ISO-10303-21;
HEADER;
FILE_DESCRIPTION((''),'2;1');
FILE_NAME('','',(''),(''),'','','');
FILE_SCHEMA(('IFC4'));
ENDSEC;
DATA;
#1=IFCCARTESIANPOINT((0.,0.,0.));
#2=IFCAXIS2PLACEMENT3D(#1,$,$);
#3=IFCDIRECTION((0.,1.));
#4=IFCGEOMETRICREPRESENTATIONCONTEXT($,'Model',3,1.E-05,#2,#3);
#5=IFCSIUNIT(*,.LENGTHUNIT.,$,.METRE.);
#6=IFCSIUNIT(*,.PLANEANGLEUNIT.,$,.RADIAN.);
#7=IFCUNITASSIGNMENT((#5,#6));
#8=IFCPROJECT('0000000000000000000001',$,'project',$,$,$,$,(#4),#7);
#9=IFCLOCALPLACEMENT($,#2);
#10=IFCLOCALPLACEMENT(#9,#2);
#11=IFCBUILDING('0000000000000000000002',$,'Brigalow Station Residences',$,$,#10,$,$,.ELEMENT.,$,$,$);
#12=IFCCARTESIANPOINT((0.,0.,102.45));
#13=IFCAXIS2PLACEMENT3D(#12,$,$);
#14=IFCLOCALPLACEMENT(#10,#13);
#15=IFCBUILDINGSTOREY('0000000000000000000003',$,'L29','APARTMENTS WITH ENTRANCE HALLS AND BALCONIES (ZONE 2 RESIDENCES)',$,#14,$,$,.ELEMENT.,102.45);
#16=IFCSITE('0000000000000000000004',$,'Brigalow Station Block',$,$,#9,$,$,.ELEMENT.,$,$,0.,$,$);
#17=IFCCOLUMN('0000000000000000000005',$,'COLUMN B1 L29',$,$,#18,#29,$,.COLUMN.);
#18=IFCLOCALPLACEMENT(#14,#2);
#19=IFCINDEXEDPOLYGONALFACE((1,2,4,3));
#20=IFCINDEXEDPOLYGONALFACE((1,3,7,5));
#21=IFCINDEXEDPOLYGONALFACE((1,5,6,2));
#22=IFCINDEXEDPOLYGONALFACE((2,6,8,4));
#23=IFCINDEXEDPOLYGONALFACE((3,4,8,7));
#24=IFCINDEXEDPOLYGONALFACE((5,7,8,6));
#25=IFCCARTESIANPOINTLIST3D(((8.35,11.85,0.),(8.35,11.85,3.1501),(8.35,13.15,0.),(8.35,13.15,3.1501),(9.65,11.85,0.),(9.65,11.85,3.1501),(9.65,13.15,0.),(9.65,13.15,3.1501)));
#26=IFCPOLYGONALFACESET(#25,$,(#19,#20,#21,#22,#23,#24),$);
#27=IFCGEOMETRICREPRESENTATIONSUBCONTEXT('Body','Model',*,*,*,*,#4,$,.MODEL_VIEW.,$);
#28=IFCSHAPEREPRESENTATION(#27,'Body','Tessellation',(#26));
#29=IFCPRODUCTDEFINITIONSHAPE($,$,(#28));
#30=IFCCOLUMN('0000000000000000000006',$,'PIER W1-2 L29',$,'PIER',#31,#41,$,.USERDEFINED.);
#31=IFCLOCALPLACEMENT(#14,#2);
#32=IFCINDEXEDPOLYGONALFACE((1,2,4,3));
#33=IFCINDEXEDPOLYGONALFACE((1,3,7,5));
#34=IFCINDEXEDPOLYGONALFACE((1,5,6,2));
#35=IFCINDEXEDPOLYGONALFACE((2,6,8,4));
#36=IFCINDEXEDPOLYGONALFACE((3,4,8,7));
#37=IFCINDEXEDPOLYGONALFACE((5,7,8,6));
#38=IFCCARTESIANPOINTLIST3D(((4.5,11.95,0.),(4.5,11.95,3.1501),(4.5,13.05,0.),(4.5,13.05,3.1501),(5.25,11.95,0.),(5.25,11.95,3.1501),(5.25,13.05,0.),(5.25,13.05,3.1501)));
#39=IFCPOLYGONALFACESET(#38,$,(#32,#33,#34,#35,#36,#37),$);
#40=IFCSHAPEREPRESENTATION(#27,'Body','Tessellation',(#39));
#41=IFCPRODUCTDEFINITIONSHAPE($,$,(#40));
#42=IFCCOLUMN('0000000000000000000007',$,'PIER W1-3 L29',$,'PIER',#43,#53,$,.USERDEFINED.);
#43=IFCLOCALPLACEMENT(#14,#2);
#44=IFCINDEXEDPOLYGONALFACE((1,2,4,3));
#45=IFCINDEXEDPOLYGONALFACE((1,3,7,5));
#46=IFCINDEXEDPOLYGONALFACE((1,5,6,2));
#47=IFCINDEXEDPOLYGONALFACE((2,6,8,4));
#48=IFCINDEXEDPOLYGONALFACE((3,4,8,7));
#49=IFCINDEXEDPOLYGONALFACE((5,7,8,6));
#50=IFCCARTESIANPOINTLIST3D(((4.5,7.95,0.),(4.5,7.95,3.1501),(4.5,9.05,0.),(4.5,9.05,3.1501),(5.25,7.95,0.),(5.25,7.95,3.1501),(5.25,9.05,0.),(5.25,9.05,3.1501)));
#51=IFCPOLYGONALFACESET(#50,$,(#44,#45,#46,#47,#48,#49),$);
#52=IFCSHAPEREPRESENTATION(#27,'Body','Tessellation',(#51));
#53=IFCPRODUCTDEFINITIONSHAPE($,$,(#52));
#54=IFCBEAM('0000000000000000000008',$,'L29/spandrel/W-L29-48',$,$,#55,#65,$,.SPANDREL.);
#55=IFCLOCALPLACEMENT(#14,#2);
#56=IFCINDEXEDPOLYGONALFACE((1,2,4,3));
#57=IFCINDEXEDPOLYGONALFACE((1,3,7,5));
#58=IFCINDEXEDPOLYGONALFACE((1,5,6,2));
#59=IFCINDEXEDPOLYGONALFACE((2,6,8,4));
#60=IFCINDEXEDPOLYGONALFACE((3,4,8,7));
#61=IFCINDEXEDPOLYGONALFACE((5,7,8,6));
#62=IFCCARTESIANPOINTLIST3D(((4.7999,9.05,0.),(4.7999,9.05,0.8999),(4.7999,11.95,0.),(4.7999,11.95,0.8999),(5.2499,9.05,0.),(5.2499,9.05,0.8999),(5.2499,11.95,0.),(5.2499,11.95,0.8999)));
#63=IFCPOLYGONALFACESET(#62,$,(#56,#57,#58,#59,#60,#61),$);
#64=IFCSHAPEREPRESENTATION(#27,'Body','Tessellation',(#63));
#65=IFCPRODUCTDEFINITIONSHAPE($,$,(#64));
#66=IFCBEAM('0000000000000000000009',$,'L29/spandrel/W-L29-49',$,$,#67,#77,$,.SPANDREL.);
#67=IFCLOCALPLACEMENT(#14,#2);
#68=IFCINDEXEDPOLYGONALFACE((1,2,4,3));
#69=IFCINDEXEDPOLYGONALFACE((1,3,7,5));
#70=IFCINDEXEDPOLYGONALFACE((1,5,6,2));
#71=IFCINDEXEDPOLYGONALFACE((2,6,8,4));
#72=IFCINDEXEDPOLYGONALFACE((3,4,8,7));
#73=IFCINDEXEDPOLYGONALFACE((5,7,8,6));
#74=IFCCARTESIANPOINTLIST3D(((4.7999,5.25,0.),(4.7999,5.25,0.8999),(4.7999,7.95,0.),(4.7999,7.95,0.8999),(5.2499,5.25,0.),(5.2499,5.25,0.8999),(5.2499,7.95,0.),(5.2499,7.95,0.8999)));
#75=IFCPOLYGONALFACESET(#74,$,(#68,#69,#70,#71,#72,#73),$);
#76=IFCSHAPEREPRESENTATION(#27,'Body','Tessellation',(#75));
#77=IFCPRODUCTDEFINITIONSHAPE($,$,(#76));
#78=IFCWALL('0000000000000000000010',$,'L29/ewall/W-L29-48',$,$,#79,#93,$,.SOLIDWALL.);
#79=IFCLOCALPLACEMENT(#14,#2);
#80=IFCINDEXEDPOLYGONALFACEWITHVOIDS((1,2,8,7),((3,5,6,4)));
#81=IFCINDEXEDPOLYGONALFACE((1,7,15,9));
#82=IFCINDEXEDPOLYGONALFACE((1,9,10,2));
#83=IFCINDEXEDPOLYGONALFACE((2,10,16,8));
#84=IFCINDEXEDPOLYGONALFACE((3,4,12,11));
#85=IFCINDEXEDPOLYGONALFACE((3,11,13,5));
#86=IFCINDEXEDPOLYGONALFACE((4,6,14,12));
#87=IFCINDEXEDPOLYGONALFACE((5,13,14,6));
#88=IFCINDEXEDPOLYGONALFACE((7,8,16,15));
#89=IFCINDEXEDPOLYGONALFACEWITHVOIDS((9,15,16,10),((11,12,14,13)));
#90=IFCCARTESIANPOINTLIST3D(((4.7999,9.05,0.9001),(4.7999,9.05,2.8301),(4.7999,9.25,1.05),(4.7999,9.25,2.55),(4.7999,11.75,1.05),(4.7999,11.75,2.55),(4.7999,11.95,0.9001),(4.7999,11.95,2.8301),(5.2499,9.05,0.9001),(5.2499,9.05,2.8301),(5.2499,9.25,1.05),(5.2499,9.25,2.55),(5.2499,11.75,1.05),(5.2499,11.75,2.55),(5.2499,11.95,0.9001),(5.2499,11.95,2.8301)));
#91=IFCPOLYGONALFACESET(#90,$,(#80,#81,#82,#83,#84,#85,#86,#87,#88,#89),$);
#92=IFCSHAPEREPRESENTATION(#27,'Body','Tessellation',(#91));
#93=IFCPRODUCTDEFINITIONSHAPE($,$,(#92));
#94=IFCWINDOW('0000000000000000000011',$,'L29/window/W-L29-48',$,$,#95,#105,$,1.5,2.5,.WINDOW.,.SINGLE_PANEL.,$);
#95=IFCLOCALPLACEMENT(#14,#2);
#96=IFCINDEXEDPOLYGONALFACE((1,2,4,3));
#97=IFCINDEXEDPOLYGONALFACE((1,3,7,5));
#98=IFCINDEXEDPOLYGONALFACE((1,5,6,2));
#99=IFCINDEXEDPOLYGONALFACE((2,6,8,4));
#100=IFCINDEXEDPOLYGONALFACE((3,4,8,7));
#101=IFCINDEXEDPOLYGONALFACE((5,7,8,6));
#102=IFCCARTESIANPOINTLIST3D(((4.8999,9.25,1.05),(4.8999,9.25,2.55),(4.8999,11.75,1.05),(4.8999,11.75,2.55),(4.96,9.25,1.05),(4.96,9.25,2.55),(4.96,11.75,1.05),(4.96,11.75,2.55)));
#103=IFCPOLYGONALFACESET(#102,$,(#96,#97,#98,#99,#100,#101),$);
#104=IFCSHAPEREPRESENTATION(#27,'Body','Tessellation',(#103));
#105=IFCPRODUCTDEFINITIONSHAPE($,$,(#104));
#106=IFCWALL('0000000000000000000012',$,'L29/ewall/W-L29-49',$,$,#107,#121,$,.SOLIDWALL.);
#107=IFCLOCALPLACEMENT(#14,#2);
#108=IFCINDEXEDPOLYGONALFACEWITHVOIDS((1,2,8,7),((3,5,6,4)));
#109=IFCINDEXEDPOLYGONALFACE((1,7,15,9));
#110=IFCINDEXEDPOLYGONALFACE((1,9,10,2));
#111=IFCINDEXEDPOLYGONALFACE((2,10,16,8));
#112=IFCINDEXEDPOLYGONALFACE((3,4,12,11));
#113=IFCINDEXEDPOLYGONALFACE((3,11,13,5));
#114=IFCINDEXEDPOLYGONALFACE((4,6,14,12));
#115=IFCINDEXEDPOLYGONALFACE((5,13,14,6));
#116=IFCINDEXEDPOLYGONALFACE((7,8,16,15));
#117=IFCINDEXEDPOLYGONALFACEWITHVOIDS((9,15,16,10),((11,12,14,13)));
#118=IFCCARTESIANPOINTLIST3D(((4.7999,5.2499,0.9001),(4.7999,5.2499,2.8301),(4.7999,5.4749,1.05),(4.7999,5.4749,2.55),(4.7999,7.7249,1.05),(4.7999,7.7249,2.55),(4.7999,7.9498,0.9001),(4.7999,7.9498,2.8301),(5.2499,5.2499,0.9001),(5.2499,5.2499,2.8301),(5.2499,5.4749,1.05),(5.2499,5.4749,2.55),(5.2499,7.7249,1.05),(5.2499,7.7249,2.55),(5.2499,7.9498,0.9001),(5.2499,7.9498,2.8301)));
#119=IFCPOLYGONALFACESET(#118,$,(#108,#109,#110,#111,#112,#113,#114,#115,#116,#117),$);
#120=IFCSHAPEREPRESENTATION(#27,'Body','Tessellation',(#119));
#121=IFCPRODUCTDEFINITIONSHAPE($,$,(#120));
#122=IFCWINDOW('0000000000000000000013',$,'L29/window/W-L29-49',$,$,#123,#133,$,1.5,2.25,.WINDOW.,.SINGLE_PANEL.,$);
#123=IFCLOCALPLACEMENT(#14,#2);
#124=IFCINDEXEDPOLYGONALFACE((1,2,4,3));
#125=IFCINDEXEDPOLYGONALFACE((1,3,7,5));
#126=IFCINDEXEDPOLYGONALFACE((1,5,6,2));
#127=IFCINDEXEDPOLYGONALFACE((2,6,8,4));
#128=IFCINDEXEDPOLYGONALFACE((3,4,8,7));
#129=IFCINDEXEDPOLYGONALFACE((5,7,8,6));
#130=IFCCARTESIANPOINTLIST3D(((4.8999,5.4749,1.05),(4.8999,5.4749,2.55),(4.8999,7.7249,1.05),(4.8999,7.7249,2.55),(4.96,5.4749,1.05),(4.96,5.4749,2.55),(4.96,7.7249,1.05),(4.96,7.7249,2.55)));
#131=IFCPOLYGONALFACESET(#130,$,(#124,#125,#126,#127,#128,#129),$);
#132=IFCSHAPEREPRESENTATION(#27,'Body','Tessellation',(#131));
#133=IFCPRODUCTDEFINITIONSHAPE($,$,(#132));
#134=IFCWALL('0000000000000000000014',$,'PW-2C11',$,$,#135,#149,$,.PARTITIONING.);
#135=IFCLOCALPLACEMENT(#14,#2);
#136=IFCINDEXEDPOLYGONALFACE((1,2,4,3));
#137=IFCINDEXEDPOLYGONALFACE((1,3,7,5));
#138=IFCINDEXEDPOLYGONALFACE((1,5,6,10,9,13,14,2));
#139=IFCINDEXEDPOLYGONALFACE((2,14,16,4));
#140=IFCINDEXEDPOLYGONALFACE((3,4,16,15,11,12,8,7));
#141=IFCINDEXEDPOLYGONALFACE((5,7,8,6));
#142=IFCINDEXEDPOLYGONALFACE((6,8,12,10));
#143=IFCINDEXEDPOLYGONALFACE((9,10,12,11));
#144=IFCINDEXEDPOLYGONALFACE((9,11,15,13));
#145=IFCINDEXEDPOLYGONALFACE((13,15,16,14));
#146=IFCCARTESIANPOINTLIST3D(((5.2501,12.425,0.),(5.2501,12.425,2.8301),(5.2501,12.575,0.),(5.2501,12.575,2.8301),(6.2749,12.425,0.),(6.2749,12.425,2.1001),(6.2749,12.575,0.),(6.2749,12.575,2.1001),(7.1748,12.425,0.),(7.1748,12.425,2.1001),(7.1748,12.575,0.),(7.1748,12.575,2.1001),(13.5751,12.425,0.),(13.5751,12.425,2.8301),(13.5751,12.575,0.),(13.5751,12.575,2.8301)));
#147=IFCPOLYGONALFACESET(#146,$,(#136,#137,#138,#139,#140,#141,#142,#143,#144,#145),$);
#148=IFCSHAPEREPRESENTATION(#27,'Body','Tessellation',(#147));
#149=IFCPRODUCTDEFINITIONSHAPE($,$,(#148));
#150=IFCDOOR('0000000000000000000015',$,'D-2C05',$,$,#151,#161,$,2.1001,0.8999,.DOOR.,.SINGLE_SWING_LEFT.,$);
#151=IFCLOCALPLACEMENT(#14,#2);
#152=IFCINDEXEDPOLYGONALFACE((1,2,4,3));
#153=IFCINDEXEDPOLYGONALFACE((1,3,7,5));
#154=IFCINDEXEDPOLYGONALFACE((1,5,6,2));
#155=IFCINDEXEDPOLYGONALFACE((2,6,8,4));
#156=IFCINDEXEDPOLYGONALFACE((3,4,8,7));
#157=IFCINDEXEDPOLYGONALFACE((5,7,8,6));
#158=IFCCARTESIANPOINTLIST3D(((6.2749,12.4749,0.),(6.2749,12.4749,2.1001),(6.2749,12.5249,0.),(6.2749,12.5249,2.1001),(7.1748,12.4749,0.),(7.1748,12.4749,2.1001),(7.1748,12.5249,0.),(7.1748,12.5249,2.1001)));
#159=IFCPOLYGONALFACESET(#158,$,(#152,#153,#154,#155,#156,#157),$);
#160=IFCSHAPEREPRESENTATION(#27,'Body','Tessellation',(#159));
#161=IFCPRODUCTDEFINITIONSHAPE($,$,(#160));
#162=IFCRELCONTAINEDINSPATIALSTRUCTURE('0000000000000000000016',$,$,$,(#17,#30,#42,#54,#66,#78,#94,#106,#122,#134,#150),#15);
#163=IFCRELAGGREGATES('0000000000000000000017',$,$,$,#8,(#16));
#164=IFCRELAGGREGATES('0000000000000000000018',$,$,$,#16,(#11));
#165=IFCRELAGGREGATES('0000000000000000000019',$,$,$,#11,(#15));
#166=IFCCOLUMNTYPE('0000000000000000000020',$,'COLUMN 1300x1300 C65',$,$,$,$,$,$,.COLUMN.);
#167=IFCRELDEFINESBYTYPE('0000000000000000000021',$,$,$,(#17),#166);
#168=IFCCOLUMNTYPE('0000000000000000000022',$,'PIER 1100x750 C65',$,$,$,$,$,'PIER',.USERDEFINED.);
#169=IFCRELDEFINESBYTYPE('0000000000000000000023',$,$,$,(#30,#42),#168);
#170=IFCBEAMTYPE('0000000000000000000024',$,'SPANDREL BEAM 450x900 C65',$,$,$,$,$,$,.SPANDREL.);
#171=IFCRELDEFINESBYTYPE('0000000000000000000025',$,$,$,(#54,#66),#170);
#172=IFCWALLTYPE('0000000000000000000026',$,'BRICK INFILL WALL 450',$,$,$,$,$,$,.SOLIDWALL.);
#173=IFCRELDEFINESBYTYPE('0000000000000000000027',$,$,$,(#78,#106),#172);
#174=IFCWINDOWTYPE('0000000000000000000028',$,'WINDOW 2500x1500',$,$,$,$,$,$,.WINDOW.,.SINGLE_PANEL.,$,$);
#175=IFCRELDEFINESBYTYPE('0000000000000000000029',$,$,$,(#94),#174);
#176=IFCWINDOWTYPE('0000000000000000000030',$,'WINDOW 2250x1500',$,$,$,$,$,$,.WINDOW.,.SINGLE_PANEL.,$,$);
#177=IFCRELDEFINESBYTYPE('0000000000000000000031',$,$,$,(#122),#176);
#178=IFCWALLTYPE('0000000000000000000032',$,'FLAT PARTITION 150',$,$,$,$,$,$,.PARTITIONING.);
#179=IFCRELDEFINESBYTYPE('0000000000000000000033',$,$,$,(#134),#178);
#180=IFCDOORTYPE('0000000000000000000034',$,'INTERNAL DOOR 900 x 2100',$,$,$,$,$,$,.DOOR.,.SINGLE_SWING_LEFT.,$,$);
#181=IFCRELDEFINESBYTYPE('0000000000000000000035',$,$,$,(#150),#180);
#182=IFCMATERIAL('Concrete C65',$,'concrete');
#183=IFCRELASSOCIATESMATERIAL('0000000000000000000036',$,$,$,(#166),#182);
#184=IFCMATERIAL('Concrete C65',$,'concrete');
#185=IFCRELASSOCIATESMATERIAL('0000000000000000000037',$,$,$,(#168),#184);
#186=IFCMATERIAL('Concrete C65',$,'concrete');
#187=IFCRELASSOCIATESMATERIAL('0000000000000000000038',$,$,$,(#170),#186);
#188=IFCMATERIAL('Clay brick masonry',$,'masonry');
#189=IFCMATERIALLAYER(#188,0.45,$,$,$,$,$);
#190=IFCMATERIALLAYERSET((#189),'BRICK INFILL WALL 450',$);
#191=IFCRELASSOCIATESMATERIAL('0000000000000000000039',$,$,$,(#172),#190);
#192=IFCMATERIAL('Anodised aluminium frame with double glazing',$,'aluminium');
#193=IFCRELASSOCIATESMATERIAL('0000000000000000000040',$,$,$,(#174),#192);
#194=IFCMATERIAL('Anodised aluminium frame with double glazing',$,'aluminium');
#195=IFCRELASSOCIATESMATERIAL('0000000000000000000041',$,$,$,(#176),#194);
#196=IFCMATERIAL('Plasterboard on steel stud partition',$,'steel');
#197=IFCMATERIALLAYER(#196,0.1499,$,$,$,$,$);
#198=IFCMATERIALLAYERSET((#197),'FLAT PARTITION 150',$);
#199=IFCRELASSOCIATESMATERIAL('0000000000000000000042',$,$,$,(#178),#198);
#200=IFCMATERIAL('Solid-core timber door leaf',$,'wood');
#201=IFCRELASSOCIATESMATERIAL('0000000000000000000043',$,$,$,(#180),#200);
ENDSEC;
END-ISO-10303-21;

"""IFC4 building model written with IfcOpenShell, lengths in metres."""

from ifc_helpers import new_model, si_unit, direction, frame, frame_2d, origin, origin_2d, place, context, subcontext, project, spatial, rectangle, extrude, material, layer, layer_set, material_profile, profile_set, type_object, element, fill, save


model = new_model("IFC4")

# Units and contexts
model_context = context("Model", 3, precision=1e-05, world=origin(), true_north=direction((0.0, 1.0)))
body_context = subcontext(model_context, "Body", "Model", "MODEL_VIEW")
ifc_project = project(units=[si_unit("LENGTHUNIT", "METRE"), si_unit("PLANEANGLEUNIT", "RADIAN")], contexts=[model_context])

# Site, building, storey
site_placement = place(None, origin())
site = spatial("IfcSite", under=ifc_project, at=site_placement, Name="Brigalow Station Block", CompositionType="ELEMENT", RefElevation=0.0)
building_placement = place(site_placement, origin())
building = spatial("IfcBuilding", under=site, at=building_placement, Name="Brigalow Station Residences", CompositionType="ELEMENT")
storey_placement = place(building_placement, frame((0.0, 0.0, 102.45)))
storey = spatial("IfcBuildingStorey", under=building, at=storey_placement, Name="L29", Description="APARTMENTS WITH ENTRANCE HALLS AND BALCONIES (ZONE 2 RESIDENCES)", CompositionType="ELEMENT", Elevation=102.45)

# Columns
ifc_material_1 = material(Name="Concrete C65", Category="concrete")
ifc_material_profile_1 = material_profile(ifc_material_1, rectangle(XDim=1.3, YDim=1.3, at=origin_2d()), Name="RC1300x1300")
ifc_profile_set_1 = profile_set([ifc_material_profile_1], Name="Concrete C65")
column_type_1 = type_object("IfcColumnType", Name="COLUMN 1300x1300 C65", PredefinedType="COLUMN", material=ifc_profile_set_1)
column_placement = place(storey_placement, frame((9.0, 12.5, 0.0), z_axis=(0.0, 0.0, 1.0), x_axis=(1.0, 0.0, 0.0)))
element("IfcColumn", 1, at=column_placement, inside=storey, type_object=column_type_1, Name="COLUMN B1 L29", PredefinedType="COLUMN", context=body_context, shape_type="SweptSolid", body=[
    extrude(rectangle(XDim=1.3, YDim=1.3, at=origin_2d()), origin(), (0.0, 0.0, 1.0), 3.1501),
])
ifc_material_2 = material(Name="Concrete C65", Category="concrete")
ifc_material_profile_2 = material_profile(ifc_material_2, rectangle(XDim=1.1001, YDim=0.75, at=origin_2d()), Name="RC1100x750")
ifc_profile_set_2 = profile_set([ifc_material_profile_2], Name="Concrete C65")
column_type_2 = type_object("IfcColumnType", Name="PIER 1100x750 C65", ElementType="PIER", PredefinedType="USERDEFINED", material=ifc_profile_set_2)
for number, where, z_axis, x_axis, name in (
    (2, (4.875, 12.5, 0.0), (0.0, 0.0, 1.0), (0.0, -1.0, 0.0), "PIER W1-2 L29"),
    (3, (4.875, 8.5, 0.0), (0.0, 0.0, 1.0), (0.0, -1.0, 0.0), "PIER W1-3 L29"),
):
    element("IfcColumn", number, at=place(storey_placement, frame(where, z_axis=z_axis, x_axis=x_axis)), inside=storey, type_object=column_type_2, Name=name, ObjectType="PIER", PredefinedType="USERDEFINED", context=body_context, shape_type="SweptSolid", body=[
        extrude(rectangle(XDim=1.1001, YDim=0.75, at=origin_2d()), origin(), (0.0, 0.0, 1.0), 3.1501),
    ])

# Beams
ifc_material_3 = material(Name="Concrete C65", Category="concrete")
ifc_material_profile_3 = material_profile(ifc_material_3, rectangle(XDim=0.45, YDim=0.8999, at=origin_2d()), Name="RC450x900")
ifc_profile_set_3 = profile_set([ifc_material_profile_3], Name="Concrete C65")
beam_type = type_object("IfcBeamType", Name="SPANDREL BEAM 450x900 C65", PredefinedType="SPANDREL", material=ifc_profile_set_3)
beam_1_placement = place(storey_placement, frame((5.0249, 11.95, 0.45), z_axis=(0.0, -1.0, 0.0), x_axis=(1.0, 0.0, 0.0)))
element("IfcBeam", 4, at=beam_1_placement, inside=storey, type_object=beam_type, Name="L29/spandrel/W-L29-48", PredefinedType="SPANDREL", context=body_context, shape_type="SweptSolid", body=[
    extrude(rectangle(XDim=0.45, YDim=0.8999, at=origin_2d()), origin(), (0.0, 0.0, 1.0), 2.8999),
])
beam_2_placement = place(storey_placement, frame((5.0249, 7.95, 0.45), z_axis=(0.0, -1.0, 0.0), x_axis=(1.0, 0.0, 0.0)))
element("IfcBeam", 5, at=beam_2_placement, inside=storey, type_object=beam_type, Name="L29/spandrel/W-L29-49", PredefinedType="SPANDREL", context=body_context, shape_type="SweptSolid", body=[
    extrude(rectangle(XDim=0.45, YDim=0.8999, at=origin_2d()), origin(), (0.0, 0.0, 1.0), 2.7),
])

# Walls, openings, windows
ifc_material_4 = material(Name="Clay brick masonry", Category="masonry")
ifc_layer_1 = layer(ifc_material_4, 0.45)
ifc_layer_set_1 = layer_set([ifc_layer_1], Name="BRICK INFILL WALL 450")
wall_type_1 = type_object("IfcWallType", Name="BRICK INFILL WALL 450", PredefinedType="SOLIDWALL", material=ifc_layer_set_1)
wall_1_placement = place(storey_placement, frame((5.0249, 11.95, 0.9001), z_axis=(0.0, 0.0, 1.0), x_axis=(0.0, -1.0, 0.0)))
wall_1 = element("IfcWall", 6, at=wall_1_placement, inside=storey, type_object=wall_type_1, Name="L29/ewall/W-L29-48", PredefinedType="SOLIDWALL", context=body_context, shape_type="SweptSolid", body=[
    extrude(rectangle(XDim=2.8999, YDim=0.45, at=frame_2d((1.45, 0.0))), origin(), (0.0, 0.0, 1.0), 1.9299),
])
opening_1_placement = place(wall_1_placement, frame((0.2, 0.0, 0.1499)))
opening_1 = element("IfcOpeningElement", 7, at=opening_1_placement, cuts=wall_1, PredefinedType="OPENING", context=body_context, shape_type="SweptSolid", body=[
    extrude(rectangle(XDim=2.5, YDim=1.5, at=frame_2d((1.25, 0.75))), frame((0.0, 0.2349, 0.0), z_axis=(0.0, -1.0, 0.0), x_axis=(1.0, 0.0, 0.0)), (0.0, 0.0, 1.0), 0.47),
])
ifc_material_5 = material(Name="Anodised aluminium frame with double glazing", Category="aluminium")
window_type_1 = type_object("IfcWindowType", Name="WINDOW 2500x1500", PartitioningType="SINGLE_PANEL", PredefinedType="WINDOW", material=ifc_material_5)
window_1_placement = place(opening_1_placement, origin())
window_1 = element("IfcWindow", 8, at=window_1_placement, inside=storey, type_object=window_type_1, Name="L29/window/W-L29-48", OverallHeight=1.5, OverallWidth=2.5, PartitioningType="SINGLE_PANEL", PredefinedType="WINDOW", context=body_context, shape_type="SweptSolid", body=[
    extrude(rectangle(XDim=2.5, YDim=1.5, at=frame_2d((1.25, 0.75))), frame((0.0, -0.0649, 0.0), z_axis=(0.0, -1.0, 0.0), x_axis=(1.0, 0.0, 0.0)), (0.0, 0.0, 1.0), 0.0601),
])
fill(opening_1, window_1)
wall_2_placement = place(storey_placement, frame((5.0249, 7.95, 0.9001), z_axis=(0.0, 0.0, 1.0), x_axis=(0.0, -1.0, 0.0)))
wall_2 = element("IfcWall", 9, at=wall_2_placement, inside=storey, type_object=wall_type_1, Name="L29/ewall/W-L29-49", PredefinedType="SOLIDWALL", context=body_context, shape_type="SweptSolid", body=[
    extrude(rectangle(XDim=2.7, YDim=0.45, at=frame_2d((1.3501, 0.0))), origin(), (0.0, 0.0, 1.0), 1.9299),
])
opening_2_placement = place(wall_2_placement, frame((0.2251, 0.0, 0.1499)))
opening_2 = element("IfcOpeningElement", 10, at=opening_2_placement, cuts=wall_2, PredefinedType="OPENING", context=body_context, shape_type="SweptSolid", body=[
    extrude(rectangle(XDim=2.25, YDim=1.5, at=frame_2d((1.125, 0.75))), frame((0.0, 0.2349, 0.0), z_axis=(0.0, -1.0, 0.0), x_axis=(1.0, 0.0, 0.0)), (0.0, 0.0, 1.0), 0.47),
])
ifc_material_6 = material(Name="Anodised aluminium frame with double glazing", Category="aluminium")
window_type_2 = type_object("IfcWindowType", Name="WINDOW 2250x1500", PartitioningType="SINGLE_PANEL", PredefinedType="WINDOW", material=ifc_material_6)
window_2_placement = place(opening_2_placement, origin())
window_2 = element("IfcWindow", 11, at=window_2_placement, inside=storey, type_object=window_type_2, Name="L29/window/W-L29-49", OverallHeight=1.5, OverallWidth=2.25, PartitioningType="SINGLE_PANEL", PredefinedType="WINDOW", context=body_context, shape_type="SweptSolid", body=[
    extrude(rectangle(XDim=2.25, YDim=1.5, at=frame_2d((1.125, 0.75))), frame((0.0, -0.0649, 0.0), z_axis=(0.0, -1.0, 0.0), x_axis=(1.0, 0.0, 0.0)), (0.0, 0.0, 1.0), 0.0601),
])
fill(opening_2, window_2)

# Wall, opening, door
ifc_material_7 = material(Name="Plasterboard on steel stud partition", Category="steel")
ifc_layer_2 = layer(ifc_material_7, 0.1499)
ifc_layer_set_2 = layer_set([ifc_layer_2], Name="FLAT PARTITION 150")
wall_type_2 = type_object("IfcWallType", Name="FLAT PARTITION 150", PredefinedType="PARTITIONING", material=ifc_layer_set_2)
wall_3_placement = place(storey_placement, frame((5.25, 12.5, 0.0), z_axis=(0.0, 0.0, 1.0), x_axis=(1.0, 0.0, 0.0)))
wall_3 = element("IfcWall", 12, at=wall_3_placement, inside=storey, type_object=wall_type_2, Name="PW-2C11", PredefinedType="PARTITIONING", context=body_context, shape_type="SweptSolid", body=[
    extrude(rectangle(XDim=8.325, YDim=0.1499, at=frame_2d((4.1626, 0.0))), origin(), (0.0, 0.0, 1.0), 2.8301),
])
opening_3_placement = place(wall_3_placement, frame((1.0249, 0.0, 0.0)))
opening_3 = element("IfcOpeningElement", 13, at=opening_3_placement, cuts=wall_3, PredefinedType="OPENING", context=body_context, shape_type="SweptSolid", body=[
    extrude(rectangle(XDim=0.8999, YDim=2.1001, at=frame_2d((0.45, 1.05))), frame((0.0, 0.085, 0.0), z_axis=(0.0, -1.0, 0.0), x_axis=(1.0, 0.0, 0.0)), (0.0, 0.0, 1.0), 0.1699),
])
ifc_material_8 = material(Name="Solid-core timber door leaf", Category="wood")
door_type = type_object("IfcDoorType", Name="INTERNAL DOOR 900 x 2100", OperationType="SINGLE_SWING_LEFT", PredefinedType="DOOR", material=ifc_material_8)
door_1_placement = place(opening_3_placement, origin())
door_1 = element("IfcDoor", 14, at=door_1_placement, inside=storey, type_object=door_type, Name="D-2C05", OperationType="SINGLE_SWING_LEFT", OverallHeight=2.1001, OverallWidth=0.8999, PredefinedType="DOOR", context=body_context, shape_type="SweptSolid", body=[
    extrude(rectangle(XDim=0.8999, YDim=2.1001, at=frame_2d((0.45, 1.05))), frame((0.0, 0.0249, 0.0), z_axis=(0.0, -1.0, 0.0), x_axis=(1.0, 0.0, 0.0)), (0.0, 0.0, 1.0), 0.05),
])
fill(opening_3, door_1)

save(model, "model.ifc")
